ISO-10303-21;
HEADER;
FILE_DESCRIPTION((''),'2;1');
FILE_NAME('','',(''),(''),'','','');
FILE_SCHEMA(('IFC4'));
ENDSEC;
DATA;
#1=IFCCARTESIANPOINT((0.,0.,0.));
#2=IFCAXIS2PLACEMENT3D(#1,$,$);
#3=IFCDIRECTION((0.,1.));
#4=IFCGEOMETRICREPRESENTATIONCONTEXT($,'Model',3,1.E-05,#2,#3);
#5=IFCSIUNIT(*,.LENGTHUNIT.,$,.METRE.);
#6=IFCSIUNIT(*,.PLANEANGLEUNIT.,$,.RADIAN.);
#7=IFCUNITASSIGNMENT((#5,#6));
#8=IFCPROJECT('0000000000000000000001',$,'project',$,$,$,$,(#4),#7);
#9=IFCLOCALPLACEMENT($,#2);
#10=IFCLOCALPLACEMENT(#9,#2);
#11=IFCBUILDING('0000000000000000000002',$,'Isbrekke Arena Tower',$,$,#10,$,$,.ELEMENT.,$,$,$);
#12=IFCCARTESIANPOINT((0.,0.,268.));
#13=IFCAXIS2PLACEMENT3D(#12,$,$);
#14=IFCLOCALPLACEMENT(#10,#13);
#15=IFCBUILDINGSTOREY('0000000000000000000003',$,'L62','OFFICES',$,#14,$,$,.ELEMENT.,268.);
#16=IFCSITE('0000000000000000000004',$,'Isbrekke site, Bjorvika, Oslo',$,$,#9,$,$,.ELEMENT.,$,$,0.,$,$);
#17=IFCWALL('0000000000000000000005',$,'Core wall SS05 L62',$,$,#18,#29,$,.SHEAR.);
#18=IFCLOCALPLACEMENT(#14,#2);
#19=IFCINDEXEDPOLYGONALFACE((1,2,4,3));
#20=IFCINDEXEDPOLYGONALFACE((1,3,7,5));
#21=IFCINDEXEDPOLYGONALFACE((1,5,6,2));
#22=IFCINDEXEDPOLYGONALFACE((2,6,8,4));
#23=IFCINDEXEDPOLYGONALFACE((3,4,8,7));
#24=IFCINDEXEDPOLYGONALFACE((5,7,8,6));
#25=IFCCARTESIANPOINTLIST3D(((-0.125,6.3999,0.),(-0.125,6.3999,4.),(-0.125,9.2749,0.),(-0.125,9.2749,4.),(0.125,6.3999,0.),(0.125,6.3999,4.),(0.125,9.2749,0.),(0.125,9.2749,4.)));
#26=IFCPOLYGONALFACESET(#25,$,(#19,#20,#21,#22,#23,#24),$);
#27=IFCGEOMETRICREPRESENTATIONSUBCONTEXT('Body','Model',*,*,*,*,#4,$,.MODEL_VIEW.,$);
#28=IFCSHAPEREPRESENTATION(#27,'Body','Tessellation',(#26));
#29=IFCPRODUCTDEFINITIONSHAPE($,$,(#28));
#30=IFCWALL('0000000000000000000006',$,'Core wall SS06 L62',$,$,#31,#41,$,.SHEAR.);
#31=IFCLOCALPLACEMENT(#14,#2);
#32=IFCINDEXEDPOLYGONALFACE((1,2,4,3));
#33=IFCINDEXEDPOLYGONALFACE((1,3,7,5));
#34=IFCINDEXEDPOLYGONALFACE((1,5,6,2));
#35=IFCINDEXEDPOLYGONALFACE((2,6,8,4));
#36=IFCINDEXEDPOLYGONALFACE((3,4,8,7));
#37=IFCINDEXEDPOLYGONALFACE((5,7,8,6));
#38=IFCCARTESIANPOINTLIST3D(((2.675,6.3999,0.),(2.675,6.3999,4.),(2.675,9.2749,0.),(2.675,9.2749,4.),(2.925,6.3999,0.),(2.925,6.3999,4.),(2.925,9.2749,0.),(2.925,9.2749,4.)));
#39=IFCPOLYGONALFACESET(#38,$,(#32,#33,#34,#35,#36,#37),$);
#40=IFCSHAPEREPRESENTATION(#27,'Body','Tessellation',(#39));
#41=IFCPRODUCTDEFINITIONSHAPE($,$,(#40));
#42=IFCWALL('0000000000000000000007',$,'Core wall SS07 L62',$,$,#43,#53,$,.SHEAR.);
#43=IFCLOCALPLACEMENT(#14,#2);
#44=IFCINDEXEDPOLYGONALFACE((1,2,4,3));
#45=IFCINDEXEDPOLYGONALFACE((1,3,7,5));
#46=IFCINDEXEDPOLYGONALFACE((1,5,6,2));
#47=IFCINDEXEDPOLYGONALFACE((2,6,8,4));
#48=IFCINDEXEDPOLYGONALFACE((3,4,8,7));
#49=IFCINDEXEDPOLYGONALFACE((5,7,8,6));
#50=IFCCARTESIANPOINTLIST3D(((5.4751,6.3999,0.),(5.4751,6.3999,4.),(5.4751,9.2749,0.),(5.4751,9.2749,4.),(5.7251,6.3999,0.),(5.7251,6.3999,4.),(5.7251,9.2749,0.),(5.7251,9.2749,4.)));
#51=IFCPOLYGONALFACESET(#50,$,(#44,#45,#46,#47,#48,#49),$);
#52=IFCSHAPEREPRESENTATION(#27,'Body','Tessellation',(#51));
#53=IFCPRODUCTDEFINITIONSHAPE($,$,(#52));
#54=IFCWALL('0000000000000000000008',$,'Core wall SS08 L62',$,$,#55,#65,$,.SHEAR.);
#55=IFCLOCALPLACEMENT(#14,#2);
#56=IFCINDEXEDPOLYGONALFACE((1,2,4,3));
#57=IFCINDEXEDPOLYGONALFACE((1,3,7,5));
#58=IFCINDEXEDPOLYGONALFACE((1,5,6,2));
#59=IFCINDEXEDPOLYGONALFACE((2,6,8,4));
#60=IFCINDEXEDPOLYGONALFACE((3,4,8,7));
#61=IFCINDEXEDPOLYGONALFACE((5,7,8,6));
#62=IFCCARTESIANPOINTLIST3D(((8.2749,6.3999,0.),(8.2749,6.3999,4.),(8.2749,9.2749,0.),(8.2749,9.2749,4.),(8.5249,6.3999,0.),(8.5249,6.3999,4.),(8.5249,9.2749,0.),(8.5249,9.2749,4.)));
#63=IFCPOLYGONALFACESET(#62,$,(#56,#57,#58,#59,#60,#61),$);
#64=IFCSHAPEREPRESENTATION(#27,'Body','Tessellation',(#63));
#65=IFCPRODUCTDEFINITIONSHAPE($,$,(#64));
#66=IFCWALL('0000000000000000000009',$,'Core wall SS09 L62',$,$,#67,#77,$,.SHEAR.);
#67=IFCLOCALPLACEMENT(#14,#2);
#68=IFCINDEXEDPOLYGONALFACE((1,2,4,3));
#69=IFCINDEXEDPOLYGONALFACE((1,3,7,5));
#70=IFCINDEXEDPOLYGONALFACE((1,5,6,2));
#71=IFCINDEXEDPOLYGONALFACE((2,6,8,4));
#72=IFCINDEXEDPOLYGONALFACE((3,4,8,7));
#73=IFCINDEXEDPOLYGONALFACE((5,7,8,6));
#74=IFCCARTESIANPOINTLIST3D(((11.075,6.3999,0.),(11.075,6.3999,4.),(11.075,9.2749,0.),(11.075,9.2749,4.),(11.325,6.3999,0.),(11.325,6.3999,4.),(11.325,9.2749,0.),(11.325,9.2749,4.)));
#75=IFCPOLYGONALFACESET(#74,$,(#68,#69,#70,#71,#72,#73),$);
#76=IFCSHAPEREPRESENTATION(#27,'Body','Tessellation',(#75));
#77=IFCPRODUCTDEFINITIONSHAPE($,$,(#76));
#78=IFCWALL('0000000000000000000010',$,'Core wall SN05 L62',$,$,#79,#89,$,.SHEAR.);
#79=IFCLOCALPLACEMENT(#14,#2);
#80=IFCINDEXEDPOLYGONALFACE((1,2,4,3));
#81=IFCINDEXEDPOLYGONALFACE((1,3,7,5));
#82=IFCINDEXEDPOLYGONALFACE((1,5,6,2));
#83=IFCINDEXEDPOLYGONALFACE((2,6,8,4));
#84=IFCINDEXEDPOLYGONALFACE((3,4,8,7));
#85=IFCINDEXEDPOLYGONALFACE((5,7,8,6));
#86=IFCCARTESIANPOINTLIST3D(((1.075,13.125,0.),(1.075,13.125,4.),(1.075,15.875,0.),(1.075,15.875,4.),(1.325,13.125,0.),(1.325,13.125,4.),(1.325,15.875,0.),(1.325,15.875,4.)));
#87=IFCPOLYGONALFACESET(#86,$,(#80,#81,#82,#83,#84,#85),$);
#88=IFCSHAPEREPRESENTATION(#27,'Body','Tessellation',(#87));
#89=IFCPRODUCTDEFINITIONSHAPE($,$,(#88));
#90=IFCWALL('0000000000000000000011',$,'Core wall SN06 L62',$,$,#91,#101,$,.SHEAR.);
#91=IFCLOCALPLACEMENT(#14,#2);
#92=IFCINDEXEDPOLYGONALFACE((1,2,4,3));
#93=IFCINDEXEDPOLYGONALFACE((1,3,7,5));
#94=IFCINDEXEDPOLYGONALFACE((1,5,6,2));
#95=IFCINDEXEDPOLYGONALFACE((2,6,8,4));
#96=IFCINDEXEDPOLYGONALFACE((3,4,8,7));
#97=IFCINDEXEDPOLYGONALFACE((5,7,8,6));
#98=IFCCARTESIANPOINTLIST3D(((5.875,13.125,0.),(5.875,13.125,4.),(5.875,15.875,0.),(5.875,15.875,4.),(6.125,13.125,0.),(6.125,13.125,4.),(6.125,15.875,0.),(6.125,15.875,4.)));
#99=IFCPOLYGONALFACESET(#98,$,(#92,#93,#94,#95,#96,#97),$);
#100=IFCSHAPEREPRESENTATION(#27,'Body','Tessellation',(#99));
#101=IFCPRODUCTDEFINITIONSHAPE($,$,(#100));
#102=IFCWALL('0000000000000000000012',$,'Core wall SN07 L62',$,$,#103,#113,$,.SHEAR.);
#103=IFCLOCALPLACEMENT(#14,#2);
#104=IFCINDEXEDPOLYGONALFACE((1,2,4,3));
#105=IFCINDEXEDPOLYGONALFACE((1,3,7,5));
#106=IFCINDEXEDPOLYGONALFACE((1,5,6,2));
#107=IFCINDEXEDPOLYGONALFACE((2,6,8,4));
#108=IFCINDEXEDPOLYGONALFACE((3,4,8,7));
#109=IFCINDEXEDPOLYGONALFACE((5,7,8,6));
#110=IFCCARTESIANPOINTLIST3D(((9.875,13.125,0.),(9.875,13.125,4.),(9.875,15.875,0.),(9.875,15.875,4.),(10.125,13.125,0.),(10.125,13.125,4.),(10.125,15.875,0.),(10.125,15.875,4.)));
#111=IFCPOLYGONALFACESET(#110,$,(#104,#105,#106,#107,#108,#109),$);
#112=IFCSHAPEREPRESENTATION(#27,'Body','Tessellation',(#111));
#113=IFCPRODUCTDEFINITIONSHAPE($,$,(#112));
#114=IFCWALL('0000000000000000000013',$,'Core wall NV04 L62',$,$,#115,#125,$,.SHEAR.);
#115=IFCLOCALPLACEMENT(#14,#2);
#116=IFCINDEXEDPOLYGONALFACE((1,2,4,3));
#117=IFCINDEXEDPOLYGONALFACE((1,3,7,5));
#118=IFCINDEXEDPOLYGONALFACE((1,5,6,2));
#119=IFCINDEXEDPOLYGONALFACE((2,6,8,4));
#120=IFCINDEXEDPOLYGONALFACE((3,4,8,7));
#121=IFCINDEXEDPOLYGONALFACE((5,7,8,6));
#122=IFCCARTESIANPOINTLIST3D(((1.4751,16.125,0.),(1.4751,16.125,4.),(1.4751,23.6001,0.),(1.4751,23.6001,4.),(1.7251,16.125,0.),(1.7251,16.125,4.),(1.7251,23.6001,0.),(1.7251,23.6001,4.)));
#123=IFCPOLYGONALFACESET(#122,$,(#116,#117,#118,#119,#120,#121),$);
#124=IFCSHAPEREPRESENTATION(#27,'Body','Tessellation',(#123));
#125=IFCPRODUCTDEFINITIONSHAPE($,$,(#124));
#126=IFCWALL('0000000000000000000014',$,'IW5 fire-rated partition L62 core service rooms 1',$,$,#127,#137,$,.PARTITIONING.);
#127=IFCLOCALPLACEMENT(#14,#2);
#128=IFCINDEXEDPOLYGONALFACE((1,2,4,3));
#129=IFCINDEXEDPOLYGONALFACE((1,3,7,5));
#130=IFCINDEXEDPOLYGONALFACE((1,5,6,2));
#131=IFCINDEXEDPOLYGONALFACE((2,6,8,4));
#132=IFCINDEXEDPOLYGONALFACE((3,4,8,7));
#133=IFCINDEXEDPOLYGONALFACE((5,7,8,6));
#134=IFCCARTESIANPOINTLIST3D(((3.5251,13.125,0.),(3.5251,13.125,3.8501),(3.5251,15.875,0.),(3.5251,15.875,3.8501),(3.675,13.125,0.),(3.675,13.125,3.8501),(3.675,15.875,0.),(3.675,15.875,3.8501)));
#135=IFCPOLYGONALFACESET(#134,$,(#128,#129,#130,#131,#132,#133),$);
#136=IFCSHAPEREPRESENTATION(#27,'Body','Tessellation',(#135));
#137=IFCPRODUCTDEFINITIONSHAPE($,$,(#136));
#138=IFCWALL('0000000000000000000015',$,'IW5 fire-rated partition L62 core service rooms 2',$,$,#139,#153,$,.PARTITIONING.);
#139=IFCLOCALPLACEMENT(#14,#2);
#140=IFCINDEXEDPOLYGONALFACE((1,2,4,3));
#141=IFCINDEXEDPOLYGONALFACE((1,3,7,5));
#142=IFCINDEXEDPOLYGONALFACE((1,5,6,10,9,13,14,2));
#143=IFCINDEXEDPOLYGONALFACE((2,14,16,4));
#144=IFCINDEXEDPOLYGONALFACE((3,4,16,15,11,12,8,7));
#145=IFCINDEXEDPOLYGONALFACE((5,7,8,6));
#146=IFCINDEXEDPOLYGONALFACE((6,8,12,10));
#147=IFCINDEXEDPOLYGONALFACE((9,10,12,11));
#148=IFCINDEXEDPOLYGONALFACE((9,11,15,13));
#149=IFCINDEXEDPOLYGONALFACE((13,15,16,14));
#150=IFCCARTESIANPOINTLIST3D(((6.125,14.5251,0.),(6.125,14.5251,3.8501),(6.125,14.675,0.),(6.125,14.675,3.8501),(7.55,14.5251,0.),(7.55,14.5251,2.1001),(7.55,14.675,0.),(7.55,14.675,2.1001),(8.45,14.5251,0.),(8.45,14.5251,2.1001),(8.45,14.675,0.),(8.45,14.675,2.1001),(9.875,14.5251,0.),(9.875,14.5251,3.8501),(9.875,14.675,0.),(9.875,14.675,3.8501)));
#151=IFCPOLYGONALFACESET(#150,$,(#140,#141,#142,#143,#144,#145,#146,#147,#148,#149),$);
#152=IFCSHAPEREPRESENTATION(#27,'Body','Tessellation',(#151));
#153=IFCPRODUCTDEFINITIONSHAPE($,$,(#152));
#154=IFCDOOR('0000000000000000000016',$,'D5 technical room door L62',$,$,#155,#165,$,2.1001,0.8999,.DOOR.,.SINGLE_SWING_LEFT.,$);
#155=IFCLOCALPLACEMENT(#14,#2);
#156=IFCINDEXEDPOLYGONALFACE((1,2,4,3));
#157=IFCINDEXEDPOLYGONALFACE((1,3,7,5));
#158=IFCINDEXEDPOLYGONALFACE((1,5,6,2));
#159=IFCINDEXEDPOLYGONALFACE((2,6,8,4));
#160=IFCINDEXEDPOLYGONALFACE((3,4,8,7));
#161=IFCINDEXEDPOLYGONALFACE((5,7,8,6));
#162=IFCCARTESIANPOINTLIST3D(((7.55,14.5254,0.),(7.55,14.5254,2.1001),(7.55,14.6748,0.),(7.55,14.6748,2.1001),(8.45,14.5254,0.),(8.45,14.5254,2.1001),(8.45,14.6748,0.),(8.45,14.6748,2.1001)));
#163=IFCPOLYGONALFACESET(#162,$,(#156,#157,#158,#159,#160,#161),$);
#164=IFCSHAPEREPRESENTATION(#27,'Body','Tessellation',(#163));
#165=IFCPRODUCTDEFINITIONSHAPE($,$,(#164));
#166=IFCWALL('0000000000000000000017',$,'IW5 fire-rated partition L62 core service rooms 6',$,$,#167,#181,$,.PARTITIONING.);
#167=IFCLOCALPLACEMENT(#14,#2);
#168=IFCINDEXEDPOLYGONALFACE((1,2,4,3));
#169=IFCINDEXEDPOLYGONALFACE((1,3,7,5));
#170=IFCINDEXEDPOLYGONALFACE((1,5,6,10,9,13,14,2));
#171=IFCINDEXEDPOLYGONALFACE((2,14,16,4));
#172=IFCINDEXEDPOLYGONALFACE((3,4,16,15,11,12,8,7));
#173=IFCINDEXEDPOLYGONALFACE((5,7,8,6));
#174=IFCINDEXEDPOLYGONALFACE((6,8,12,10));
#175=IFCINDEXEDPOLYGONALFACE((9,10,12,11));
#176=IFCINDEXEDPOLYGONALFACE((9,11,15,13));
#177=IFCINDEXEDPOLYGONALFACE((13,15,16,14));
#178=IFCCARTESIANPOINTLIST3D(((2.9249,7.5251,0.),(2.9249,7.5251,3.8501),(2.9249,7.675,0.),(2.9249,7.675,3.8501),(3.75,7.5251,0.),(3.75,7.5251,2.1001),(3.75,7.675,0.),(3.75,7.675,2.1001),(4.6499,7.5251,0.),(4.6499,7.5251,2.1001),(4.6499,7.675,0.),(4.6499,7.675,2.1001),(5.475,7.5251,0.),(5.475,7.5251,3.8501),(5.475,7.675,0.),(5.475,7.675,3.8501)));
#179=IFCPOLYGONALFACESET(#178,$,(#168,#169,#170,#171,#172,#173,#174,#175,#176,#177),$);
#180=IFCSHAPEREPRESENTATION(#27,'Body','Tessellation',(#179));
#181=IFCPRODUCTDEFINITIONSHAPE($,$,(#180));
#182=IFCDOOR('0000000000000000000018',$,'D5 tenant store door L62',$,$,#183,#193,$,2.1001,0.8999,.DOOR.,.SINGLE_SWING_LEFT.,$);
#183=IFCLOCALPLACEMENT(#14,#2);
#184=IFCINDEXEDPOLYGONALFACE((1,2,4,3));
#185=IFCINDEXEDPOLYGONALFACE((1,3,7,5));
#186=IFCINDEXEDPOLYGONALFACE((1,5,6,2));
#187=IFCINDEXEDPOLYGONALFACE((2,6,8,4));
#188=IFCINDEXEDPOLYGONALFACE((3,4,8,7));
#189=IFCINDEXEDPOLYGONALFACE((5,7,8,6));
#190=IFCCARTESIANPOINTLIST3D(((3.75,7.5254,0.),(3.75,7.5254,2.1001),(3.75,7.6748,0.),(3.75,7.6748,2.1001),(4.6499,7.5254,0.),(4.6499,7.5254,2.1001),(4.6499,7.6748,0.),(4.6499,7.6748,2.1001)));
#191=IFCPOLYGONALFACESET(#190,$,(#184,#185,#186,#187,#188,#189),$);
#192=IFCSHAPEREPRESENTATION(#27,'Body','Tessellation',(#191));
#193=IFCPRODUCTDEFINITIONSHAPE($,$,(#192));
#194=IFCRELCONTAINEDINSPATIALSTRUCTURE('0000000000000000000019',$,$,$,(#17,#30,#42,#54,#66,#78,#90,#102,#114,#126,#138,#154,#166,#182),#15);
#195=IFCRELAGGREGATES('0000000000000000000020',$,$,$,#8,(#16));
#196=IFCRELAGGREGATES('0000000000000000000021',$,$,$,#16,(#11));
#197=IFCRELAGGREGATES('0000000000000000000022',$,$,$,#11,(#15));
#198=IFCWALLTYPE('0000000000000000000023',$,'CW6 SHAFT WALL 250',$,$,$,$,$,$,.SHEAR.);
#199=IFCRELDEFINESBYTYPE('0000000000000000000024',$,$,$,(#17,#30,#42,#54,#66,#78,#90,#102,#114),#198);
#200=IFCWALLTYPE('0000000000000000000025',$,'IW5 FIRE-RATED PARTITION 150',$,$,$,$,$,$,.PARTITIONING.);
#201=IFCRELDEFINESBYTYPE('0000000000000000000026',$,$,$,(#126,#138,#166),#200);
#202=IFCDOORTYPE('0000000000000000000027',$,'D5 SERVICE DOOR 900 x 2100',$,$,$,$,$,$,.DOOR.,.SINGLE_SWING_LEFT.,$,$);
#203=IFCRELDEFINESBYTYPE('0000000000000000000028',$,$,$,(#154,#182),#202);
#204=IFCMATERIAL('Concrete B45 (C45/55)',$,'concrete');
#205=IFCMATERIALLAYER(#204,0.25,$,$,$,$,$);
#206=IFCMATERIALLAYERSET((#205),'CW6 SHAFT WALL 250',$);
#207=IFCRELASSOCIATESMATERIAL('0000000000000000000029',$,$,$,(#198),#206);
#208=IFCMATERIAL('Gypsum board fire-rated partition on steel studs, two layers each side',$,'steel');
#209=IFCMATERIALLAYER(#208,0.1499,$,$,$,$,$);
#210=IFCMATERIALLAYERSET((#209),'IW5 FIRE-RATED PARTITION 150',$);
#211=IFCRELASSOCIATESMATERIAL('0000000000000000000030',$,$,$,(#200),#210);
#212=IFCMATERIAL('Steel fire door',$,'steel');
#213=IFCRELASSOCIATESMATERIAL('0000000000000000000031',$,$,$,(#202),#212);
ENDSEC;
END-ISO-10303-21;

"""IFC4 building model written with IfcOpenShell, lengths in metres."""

from ifc_helpers import new_model, si_unit, direction, frame, frame_2d, origin, place, context, subcontext, project, spatial, rectangle, extrude, material, layer, layer_set, type_object, element, fill, save


model = new_model("IFC4")

# Units and contexts
model_context = context("Model", 3, precision=1e-05, world=origin(), true_north=direction((0.0, 1.0)))
body_context = subcontext(model_context, "Body", "Model", "MODEL_VIEW")
ifc_project = project(units=[si_unit("LENGTHUNIT", "METRE"), si_unit("PLANEANGLEUNIT", "RADIAN")], contexts=[model_context])

# Site, building, storey
site_placement = place(None, origin())
site = spatial("IfcSite", under=ifc_project, at=site_placement, Name="Isbrekke site, Bjorvika, Oslo", CompositionType="ELEMENT", RefElevation=0.0)
building_placement = place(site_placement, origin())
building = spatial("IfcBuilding", under=site, at=building_placement, Name="Isbrekke Arena Tower", CompositionType="ELEMENT")
storey_placement = place(building_placement, frame((0.0, 0.0, 268.0)))
storey = spatial("IfcBuildingStorey", under=building, at=storey_placement, Name="L62", Description="OFFICES", CompositionType="ELEMENT", Elevation=268.0)

# Walls
ifc_material_1 = material(Name="Concrete B45 (C45/55)", Category="concrete")
ifc_layer_1 = layer(ifc_material_1, 0.25)
ifc_layer_set_1 = layer_set([ifc_layer_1], Name="CW6 SHAFT WALL 250")
wall_type_1 = type_object("IfcWallType", Name="CW6 SHAFT WALL 250", PredefinedType="SHEAR", material=ifc_layer_set_1)
for number, where, z_axis, x_axis, name in (
    (1, (0.0, 6.3999, 0.0), (0.0, 0.0, 1.0), (0.0, 1.0, 0.0), "Core wall SS05 L62"),
    (2, (2.8, 6.3999, 0.0), (0.0, 0.0, 1.0), (0.0, 1.0, 0.0), "Core wall SS06 L62"),
    (3, (5.6001, 6.3999, 0.0), (0.0, 0.0, 1.0), (0.0, 1.0, 0.0), "Core wall SS07 L62"),
    (4, (8.3999, 6.3999, 0.0), (0.0, 0.0, 1.0), (0.0, 1.0, 0.0), "Core wall SS08 L62"),
    (5, (11.2, 6.3999, 0.0), (0.0, 0.0, 1.0), (0.0, 1.0, 0.0), "Core wall SS09 L62"),
):
    element("IfcWall", number, at=place(storey_placement, frame(where, z_axis=z_axis, x_axis=x_axis)), inside=storey, type_object=wall_type_1, Name=name, PredefinedType="SHEAR", context=body_context, shape_type="SweptSolid", body=[
        extrude(rectangle(XDim=2.875, YDim=0.25, at=frame_2d((1.4375, 0.0))), origin(), (0.0, 0.0, 1.0), 4.0),
    ])
for number, where, z_axis, x_axis, name in (
    (6, (1.2, 13.125, 0.0), (0.0, 0.0, 1.0), (0.0, 1.0, 0.0), "Core wall SN05 L62"),
    (7, (6.0, 13.125, 0.0), (0.0, 0.0, 1.0), (0.0, 1.0, 0.0), "Core wall SN06 L62"),
    (8, (10.0, 13.125, 0.0), (0.0, 0.0, 1.0), (0.0, 1.0, 0.0), "Core wall SN07 L62"),
):
    element("IfcWall", number, at=place(storey_placement, frame(where, z_axis=z_axis, x_axis=x_axis)), inside=storey, type_object=wall_type_1, Name=name, PredefinedType="SHEAR", context=body_context, shape_type="SweptSolid", body=[
        extrude(rectangle(XDim=2.75, YDim=0.25, at=frame_2d((1.375, 0.0))), origin(), (0.0, 0.0, 1.0), 4.0),
    ])
wall_1_placement = place(storey_placement, frame((1.6001, 16.125, 0.0), z_axis=(0.0, 0.0, 1.0), x_axis=(0.0, 1.0, 0.0)))
element("IfcWall", 9, at=wall_1_placement, inside=storey, type_object=wall_type_1, Name="Core wall NV04 L62", PredefinedType="SHEAR", context=body_context, shape_type="SweptSolid", body=[
    extrude(rectangle(XDim=7.4751, YDim=0.25, at=frame_2d((3.7375, 0.0))), origin(), (0.0, 0.0, 1.0), 4.0),
])
ifc_material_2 = material(Name="Gypsum board fire-rated partition on steel studs, two layers each side", Category="steel")
ifc_layer_2 = layer(ifc_material_2, 0.1499)
ifc_layer_set_2 = layer_set([ifc_layer_2], Name="IW5 FIRE-RATED PARTITION 150")
wall_type_2 = type_object("IfcWallType", Name="IW5 FIRE-RATED PARTITION 150", PredefinedType="PARTITIONING", material=ifc_layer_set_2)
wall_2_placement = place(storey_placement, frame((3.6001, 13.125, 0.0), z_axis=(0.0, 0.0, 1.0), x_axis=(0.0, 1.0, 0.0)))
element("IfcWall", 10, at=wall_2_placement, inside=storey, type_object=wall_type_2, Name="IW5 fire-rated partition L62 core service rooms 1", PredefinedType="PARTITIONING", context=body_context, shape_type="SweptSolid", body=[
    extrude(rectangle(XDim=2.75, YDim=0.1499, at=frame_2d((1.375, 0.0))), origin(), (0.0, 0.0, 1.0), 3.8501),
])

# Walls, openings, doors
wall_3_placement = place(storey_placement, frame((6.125, 14.6001, 0.0), z_axis=(0.0, 0.0, 1.0), x_axis=(1.0, 0.0, 0.0)))
wall_3 = element("IfcWall", 11, at=wall_3_placement, inside=storey, type_object=wall_type_2, Name="IW5 fire-rated partition L62 core service rooms 2", PredefinedType="PARTITIONING", context=body_context, shape_type="SweptSolid", body=[
    extrude(rectangle(XDim=3.75, YDim=0.1499, at=frame_2d((1.875, 0.0))), origin(), (0.0, 0.0, 1.0), 3.8501),
])
opening_1_placement = place(wall_3_placement, frame((1.425, 0.0, 0.0)))
opening_1 = element("IfcOpeningElement", 12, at=opening_1_placement, cuts=wall_3, PredefinedType="OPENING", context=body_context, shape_type="SweptSolid", body=[
    extrude(rectangle(XDim=0.8999, YDim=2.1001, at=frame_2d((0.45, 1.05))), frame((0.0, 0.0898, 0.0), z_axis=(0.0, -1.0, 0.0), x_axis=(1.0, 0.0, 0.0)), (0.0, 0.0, 1.0), 0.1797),
])
ifc_material_3 = material(Name="Steel fire door", Category="steel")
door_type = type_object("IfcDoorType", Name="D5 SERVICE DOOR 900 x 2100", OperationType="SINGLE_SWING_LEFT", PredefinedType="DOOR", material=ifc_material_3)
door_1_placement = place(opening_1_placement, origin())
door_1 = element("IfcDoor", 13, at=door_1_placement, inside=storey, type_object=door_type, Name="D5 technical room door L62", OperationType="SINGLE_SWING_LEFT", OverallHeight=2.1001, OverallWidth=0.8999, PredefinedType="DOOR", context=body_context, shape_type="SweptSolid", body=[
    extrude(rectangle(XDim=0.8999, YDim=2.1001, at=frame_2d((0.45, 1.05))), frame((0.0, 0.0747, 0.0), z_axis=(0.0, -1.0, 0.0), x_axis=(1.0, 0.0, 0.0)), (0.0, 0.0, 1.0), 0.1494),
])
fill(opening_1, door_1)
wall_4_placement = place(storey_placement, frame((2.925, 7.6001, 0.0), z_axis=(0.0, 0.0, 1.0), x_axis=(1.0, 0.0, 0.0)))
wall_4 = element("IfcWall", 14, at=wall_4_placement, inside=storey, type_object=wall_type_2, Name="IW5 fire-rated partition L62 core service rooms 6", PredefinedType="PARTITIONING", context=body_context, shape_type="SweptSolid", body=[
    extrude(rectangle(XDim=2.55, YDim=0.1499, at=frame_2d((1.2749, 0.0))), origin(), (0.0, 0.0, 1.0), 3.8501),
])
opening_2_placement = place(wall_4_placement, frame((0.825, 0.0, 0.0)))
opening_2 = element("IfcOpeningElement", 15, at=opening_2_placement, cuts=wall_4, PredefinedType="OPENING", context=body_context, shape_type="SweptSolid", body=[
    extrude(rectangle(XDim=0.8999, YDim=2.1001, at=frame_2d((0.45, 1.05))), frame((0.0, 0.0898, 0.0), z_axis=(0.0, -1.0, 0.0), x_axis=(1.0, 0.0, 0.0)), (0.0, 0.0, 1.0), 0.1797),
])
door_2_placement = place(opening_2_placement, origin())
door_2 = element("IfcDoor", 16, at=door_2_placement, inside=storey, type_object=door_type, Name="D5 tenant store door L62", OperationType="SINGLE_SWING_LEFT", OverallHeight=2.1001, OverallWidth=0.8999, PredefinedType="DOOR", context=body_context, shape_type="SweptSolid", body=[
    extrude(rectangle(XDim=0.8999, YDim=2.1001, at=frame_2d((0.45, 1.05))), frame((0.0, 0.0747, 0.0), z_axis=(0.0, -1.0, 0.0), x_axis=(1.0, 0.0, 0.0)), (0.0, 0.0, 1.0), 0.1494),
])
fill(opening_2, door_2)

save(model, "model.ifc")
